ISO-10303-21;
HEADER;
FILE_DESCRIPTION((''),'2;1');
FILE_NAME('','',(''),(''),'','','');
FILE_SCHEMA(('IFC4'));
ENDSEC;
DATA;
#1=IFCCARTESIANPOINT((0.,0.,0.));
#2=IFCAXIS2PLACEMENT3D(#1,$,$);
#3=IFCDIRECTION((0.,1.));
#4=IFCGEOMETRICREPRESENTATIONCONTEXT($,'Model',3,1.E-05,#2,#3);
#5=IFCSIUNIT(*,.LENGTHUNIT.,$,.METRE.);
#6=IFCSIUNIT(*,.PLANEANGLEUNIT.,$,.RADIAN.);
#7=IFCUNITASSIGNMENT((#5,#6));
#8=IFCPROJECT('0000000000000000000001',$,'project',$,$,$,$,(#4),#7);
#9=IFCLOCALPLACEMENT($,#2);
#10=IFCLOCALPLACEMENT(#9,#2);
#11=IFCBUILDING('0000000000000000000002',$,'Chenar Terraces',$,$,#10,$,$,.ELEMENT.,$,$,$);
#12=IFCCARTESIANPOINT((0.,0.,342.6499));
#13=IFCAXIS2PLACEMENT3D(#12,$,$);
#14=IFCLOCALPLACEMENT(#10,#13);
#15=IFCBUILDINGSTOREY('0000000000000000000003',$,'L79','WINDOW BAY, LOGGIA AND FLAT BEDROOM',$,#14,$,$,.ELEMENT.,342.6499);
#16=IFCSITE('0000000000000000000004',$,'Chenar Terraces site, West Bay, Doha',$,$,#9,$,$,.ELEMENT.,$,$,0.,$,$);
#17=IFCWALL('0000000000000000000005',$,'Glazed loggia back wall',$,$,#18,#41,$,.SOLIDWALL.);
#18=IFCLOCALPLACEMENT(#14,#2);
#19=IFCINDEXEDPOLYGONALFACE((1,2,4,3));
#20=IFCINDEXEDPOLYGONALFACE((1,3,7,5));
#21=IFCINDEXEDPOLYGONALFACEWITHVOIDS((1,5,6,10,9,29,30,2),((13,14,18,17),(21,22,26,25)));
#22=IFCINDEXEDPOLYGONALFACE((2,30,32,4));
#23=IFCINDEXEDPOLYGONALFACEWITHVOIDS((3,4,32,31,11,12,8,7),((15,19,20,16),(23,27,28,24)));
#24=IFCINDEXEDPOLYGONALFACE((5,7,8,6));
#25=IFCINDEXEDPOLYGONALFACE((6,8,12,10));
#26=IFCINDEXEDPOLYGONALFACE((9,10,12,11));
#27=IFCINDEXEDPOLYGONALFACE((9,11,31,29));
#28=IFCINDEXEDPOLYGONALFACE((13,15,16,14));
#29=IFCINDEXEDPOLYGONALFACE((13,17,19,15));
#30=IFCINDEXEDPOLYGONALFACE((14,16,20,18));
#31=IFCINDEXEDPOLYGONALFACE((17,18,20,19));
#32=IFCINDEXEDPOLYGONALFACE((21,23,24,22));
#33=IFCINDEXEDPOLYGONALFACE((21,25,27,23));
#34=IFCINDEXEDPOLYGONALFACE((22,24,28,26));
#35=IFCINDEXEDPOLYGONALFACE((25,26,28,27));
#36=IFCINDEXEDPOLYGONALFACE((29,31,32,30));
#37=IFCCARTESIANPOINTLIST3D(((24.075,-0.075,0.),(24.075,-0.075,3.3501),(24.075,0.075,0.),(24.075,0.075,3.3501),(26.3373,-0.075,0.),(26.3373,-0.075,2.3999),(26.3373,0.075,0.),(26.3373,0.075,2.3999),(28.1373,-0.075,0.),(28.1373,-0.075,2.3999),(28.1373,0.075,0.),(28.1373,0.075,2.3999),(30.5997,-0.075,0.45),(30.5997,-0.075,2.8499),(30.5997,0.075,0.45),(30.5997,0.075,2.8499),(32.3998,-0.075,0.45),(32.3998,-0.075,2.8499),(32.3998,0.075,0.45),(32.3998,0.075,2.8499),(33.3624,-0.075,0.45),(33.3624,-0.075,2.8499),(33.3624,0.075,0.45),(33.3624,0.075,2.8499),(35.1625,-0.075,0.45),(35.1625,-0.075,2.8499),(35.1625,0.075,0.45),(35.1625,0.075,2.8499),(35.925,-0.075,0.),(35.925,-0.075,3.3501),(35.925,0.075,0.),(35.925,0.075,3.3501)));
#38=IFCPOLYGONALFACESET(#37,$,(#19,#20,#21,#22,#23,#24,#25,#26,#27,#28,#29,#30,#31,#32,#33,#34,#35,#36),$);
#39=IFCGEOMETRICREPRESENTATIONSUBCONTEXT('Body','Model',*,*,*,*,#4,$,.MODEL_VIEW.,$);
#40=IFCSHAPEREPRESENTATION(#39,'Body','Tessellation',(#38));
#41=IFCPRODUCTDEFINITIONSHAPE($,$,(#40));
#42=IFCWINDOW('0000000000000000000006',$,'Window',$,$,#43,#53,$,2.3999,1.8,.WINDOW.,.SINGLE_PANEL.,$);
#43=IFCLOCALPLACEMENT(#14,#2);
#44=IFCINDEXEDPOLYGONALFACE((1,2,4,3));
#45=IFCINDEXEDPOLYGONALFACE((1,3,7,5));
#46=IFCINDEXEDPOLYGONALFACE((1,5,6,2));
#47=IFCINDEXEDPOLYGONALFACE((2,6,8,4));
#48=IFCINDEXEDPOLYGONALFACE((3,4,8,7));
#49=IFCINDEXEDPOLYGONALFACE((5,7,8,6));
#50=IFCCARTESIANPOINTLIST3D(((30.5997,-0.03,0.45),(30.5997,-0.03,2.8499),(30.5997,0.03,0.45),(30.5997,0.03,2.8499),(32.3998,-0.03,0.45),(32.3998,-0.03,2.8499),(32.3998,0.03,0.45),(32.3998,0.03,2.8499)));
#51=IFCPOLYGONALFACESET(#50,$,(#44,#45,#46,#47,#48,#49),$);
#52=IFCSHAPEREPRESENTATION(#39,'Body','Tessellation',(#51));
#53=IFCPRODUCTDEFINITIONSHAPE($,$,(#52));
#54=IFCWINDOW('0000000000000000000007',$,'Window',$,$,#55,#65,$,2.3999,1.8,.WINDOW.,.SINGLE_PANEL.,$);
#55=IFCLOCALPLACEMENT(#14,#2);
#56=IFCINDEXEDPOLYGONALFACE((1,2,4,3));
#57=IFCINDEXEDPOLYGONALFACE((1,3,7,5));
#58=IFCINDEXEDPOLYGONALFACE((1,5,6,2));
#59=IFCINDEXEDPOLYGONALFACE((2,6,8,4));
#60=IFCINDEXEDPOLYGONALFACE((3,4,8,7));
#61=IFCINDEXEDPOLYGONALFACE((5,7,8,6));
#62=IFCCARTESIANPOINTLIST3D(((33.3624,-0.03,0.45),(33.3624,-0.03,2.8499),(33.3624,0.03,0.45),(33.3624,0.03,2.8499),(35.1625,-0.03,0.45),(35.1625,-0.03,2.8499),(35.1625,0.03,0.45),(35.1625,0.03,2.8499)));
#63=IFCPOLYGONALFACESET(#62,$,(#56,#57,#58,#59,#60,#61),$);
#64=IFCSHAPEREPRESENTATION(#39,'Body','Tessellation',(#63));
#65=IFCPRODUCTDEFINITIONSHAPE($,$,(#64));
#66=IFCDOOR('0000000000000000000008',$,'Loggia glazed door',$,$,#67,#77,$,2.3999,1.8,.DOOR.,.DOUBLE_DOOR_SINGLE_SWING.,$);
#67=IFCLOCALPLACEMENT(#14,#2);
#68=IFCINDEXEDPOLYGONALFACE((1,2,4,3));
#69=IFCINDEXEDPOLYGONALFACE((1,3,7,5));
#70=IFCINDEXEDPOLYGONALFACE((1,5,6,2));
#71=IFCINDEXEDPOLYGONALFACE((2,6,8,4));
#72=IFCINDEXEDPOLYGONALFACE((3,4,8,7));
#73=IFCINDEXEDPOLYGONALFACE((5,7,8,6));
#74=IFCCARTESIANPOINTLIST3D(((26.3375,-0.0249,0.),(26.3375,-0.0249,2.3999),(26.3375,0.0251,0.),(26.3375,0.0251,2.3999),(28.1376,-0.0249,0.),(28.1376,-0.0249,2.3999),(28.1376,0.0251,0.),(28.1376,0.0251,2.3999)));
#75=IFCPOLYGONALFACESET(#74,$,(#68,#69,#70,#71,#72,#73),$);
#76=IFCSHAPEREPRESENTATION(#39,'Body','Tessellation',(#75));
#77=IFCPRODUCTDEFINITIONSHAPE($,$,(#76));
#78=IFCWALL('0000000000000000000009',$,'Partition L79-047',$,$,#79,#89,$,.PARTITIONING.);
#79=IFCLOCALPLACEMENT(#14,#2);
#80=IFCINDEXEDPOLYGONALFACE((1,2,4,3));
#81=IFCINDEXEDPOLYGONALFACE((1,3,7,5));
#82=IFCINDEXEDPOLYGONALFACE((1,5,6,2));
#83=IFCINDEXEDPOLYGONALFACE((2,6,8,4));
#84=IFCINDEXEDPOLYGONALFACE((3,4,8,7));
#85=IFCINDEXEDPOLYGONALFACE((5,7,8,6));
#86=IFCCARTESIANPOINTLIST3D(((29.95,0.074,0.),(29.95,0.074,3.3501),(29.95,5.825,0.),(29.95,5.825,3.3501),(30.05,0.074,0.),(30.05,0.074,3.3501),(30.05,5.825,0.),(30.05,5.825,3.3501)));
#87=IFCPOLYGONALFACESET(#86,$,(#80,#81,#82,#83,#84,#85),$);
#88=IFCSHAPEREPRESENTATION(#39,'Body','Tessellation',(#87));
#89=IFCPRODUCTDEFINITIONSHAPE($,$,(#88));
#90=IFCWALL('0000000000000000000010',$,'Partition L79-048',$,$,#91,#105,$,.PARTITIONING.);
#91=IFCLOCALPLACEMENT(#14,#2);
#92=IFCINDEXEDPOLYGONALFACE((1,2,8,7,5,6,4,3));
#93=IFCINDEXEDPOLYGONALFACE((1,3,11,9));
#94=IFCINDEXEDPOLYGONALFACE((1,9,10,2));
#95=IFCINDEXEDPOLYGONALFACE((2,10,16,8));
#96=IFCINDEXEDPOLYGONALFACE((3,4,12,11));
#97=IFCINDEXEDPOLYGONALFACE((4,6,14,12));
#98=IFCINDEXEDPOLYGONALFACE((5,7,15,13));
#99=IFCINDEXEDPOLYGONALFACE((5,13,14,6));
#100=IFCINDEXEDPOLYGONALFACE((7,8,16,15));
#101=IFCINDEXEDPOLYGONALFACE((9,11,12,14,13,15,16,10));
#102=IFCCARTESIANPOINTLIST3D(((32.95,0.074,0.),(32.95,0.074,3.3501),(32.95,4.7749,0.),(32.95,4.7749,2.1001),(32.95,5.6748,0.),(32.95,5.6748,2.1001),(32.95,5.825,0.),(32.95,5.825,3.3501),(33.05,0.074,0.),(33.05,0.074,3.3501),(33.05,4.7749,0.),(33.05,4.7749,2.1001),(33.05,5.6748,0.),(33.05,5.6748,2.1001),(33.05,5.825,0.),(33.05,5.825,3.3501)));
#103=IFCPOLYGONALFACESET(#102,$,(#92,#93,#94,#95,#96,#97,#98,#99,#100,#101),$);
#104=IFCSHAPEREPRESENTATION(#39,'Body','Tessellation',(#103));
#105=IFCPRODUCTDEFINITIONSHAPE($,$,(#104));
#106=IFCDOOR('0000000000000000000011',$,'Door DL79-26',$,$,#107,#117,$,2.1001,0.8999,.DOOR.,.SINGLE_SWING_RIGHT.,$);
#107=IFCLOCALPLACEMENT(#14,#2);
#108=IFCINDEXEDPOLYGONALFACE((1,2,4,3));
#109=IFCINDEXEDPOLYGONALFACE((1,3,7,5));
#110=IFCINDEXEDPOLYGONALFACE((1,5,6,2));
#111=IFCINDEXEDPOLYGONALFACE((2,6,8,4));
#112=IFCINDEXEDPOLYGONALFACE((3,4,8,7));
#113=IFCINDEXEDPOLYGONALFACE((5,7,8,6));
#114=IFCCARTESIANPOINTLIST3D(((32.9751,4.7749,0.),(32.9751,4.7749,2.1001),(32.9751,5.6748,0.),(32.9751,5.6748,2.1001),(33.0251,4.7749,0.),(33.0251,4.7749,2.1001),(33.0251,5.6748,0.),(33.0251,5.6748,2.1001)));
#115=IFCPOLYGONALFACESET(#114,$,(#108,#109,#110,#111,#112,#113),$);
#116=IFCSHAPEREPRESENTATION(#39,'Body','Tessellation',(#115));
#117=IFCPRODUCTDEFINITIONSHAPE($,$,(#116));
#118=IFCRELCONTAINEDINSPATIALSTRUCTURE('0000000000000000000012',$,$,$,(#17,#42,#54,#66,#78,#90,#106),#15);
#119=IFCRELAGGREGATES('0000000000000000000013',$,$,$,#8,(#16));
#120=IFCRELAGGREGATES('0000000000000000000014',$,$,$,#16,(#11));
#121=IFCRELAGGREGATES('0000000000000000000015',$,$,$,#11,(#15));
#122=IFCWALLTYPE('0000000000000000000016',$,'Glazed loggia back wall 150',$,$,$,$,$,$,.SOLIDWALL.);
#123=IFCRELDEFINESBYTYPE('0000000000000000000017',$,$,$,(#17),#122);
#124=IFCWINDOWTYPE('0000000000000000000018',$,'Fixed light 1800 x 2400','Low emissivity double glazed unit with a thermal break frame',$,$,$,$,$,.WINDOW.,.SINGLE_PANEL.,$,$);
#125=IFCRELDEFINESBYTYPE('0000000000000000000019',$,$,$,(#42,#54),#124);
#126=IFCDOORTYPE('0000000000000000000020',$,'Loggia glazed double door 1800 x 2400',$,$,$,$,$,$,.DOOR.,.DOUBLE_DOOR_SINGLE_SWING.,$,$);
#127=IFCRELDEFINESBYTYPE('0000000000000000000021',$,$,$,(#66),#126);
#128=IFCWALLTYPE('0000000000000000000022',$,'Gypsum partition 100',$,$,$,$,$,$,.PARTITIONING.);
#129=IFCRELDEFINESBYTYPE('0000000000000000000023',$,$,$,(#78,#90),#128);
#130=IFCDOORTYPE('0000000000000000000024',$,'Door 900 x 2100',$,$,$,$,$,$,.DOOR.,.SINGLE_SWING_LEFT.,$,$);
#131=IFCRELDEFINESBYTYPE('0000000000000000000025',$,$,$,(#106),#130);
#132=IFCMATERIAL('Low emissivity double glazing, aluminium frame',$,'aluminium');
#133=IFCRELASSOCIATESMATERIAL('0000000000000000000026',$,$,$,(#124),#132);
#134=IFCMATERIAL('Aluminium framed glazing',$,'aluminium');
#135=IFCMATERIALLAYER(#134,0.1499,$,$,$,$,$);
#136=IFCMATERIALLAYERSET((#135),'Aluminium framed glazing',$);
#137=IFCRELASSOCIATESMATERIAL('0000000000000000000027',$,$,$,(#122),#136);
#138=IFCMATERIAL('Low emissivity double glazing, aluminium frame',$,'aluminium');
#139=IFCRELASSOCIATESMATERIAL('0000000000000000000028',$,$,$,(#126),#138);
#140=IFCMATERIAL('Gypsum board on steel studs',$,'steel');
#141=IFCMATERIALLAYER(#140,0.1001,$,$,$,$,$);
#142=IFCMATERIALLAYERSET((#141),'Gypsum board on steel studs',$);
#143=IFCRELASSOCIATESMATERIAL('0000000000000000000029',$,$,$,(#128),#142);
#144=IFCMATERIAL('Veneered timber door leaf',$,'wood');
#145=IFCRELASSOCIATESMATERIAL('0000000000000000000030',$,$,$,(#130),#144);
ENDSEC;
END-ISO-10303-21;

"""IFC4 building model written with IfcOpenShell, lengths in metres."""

from ifc_helpers import new_model, si_unit, direction, frame, frame_2d, origin, place, context, subcontext, project, spatial, rectangle, extrude, material, layer, layer_set, type_object, element, fill, save


model = new_model("IFC4")

# Units and contexts
model_context = context("Model", 3, precision=1e-05, world=origin(), true_north=direction((0.0, 1.0)))
body_context = subcontext(model_context, "Body", "Model", "MODEL_VIEW")
ifc_project = project(units=[si_unit("LENGTHUNIT", "METRE"), si_unit("PLANEANGLEUNIT", "RADIAN")], contexts=[model_context])

# Site, building, storey
site_placement = place(None, origin())
site = spatial("IfcSite", under=ifc_project, at=site_placement, Name="Chenar Terraces site, West Bay, Doha", CompositionType="ELEMENT", RefElevation=0.0)
building_placement = place(site_placement, origin())
building = spatial("IfcBuilding", under=site, at=building_placement, Name="Chenar Terraces", CompositionType="ELEMENT")
storey_placement = place(building_placement, frame((0.0, 0.0, 342.6499)))
storey = spatial("IfcBuildingStorey", under=building, at=storey_placement, Name="L79", Description="WINDOW BAY, LOGGIA AND FLAT BEDROOM", CompositionType="ELEMENT", Elevation=342.6499)

# Shared definitions
ifc_material_1 = material(Name="Low emissivity double glazing, aluminium frame", Category="aluminium")
window_type_1 = type_object("IfcWindowType", Name="Fixed light 1800 x 2400", Description="Low emissivity double glazed unit with a thermal break frame", PartitioningType="SINGLE_PANEL", PredefinedType="WINDOW", material=ifc_material_1)

# Wall, openings, windows, door
ifc_material_2 = material(Name="Aluminium framed glazing", Category="aluminium")
ifc_layer_1 = layer(ifc_material_2, 0.1499)
ifc_layer_set_1 = layer_set([ifc_layer_1], Name="Aluminium framed glazing")
wall_type_1 = type_object("IfcWallType", Name="Glazed loggia back wall 150", PredefinedType="SOLIDWALL", material=ifc_layer_set_1)
wall_1_placement = place(storey_placement, frame((24.075, 0.0, 0.0), z_axis=(0.0, 0.0, 1.0), x_axis=(1.0, 0.0, 0.0)))
wall_1 = element("IfcWall", 1, at=wall_1_placement, inside=storey, type_object=wall_type_1, Name="Glazed loggia back wall", PredefinedType="SOLIDWALL", context=body_context, shape_type="SweptSolid", body=[
    extrude(rectangle(XDim=11.8501, YDim=0.1499, at=frame_2d((5.925, 0.0))), origin(), (0.0, 0.0, 1.0), 3.3501),
])
opening_1_placement = place(wall_1_placement, frame((2.2625, 0.0, 0.0)))
opening_1 = element("IfcOpeningElement", 2, at=opening_1_placement, cuts=wall_1, PredefinedType="OPENING", context=body_context, shape_type="SweptSolid", body=[
    extrude(rectangle(XDim=1.8, YDim=2.3999, at=frame_2d((0.8999, 1.2))), frame((0.0, 0.085, 0.0), z_axis=(0.0, -1.0, 0.0), x_axis=(1.0, 0.0, 0.0)), (0.0, 0.0, 1.0), 0.1699),
])
opening_2_placement = place(wall_1_placement, frame((6.5249, 0.0, 0.45)))
opening_2 = element("IfcOpeningElement", 3, at=opening_2_placement, cuts=wall_1, PredefinedType="OPENING", context=body_context, shape_type="SweptSolid", body=[
    extrude(rectangle(XDim=1.8, YDim=2.3999, at=frame_2d((0.8999, 1.2))), frame((0.0, 0.085, 0.0), z_axis=(0.0, -1.0, 0.0), x_axis=(1.0, 0.0, 0.0)), (0.0, 0.0, 1.0), 0.1699),
])
opening_3_placement = place(wall_1_placement, frame((9.2876, 0.0, 0.45)))
opening_3 = element("IfcOpeningElement", 4, at=opening_3_placement, cuts=wall_1, PredefinedType="OPENING", context=body_context, shape_type="SweptSolid", body=[
    extrude(rectangle(XDim=1.8, YDim=2.3999, at=frame_2d((0.8999, 1.2))), frame((0.0, 0.085, 0.0), z_axis=(0.0, -1.0, 0.0), x_axis=(1.0, 0.0, 0.0)), (0.0, 0.0, 1.0), 0.1699),
])
window_1_placement = place(opening_2_placement, origin())
window_1 = element("IfcWindow", 5, at=window_1_placement, inside=storey, type_object=window_type_1, Name="Window", OverallHeight=2.3999, OverallWidth=1.8, PartitioningType="SINGLE_PANEL", PredefinedType="WINDOW", context=body_context, shape_type="SweptSolid", body=[
    extrude(rectangle(XDim=1.8, YDim=2.3999, at=frame_2d((0.8999, 1.2))), frame((0.0, 0.03, 0.0), z_axis=(0.0, -1.0, 0.0), x_axis=(1.0, 0.0, 0.0)), (0.0, 0.0, 1.0), 0.0601),
])
fill(opening_2, window_1)
window_2_placement = place(opening_3_placement, origin())
window_2 = element("IfcWindow", 6, at=window_2_placement, inside=storey, type_object=window_type_1, Name="Window", OverallHeight=2.3999, OverallWidth=1.8, PartitioningType="SINGLE_PANEL", PredefinedType="WINDOW", context=body_context, shape_type="SweptSolid", body=[
    extrude(rectangle(XDim=1.8, YDim=2.3999, at=frame_2d((0.8999, 1.2))), frame((0.0, 0.03, 0.0), z_axis=(0.0, -1.0, 0.0), x_axis=(1.0, 0.0, 0.0)), (0.0, 0.0, 1.0), 0.0601),
])
fill(opening_3, window_2)
ifc_material_3 = material(Name="Low emissivity double glazing, aluminium frame", Category="aluminium")
door_type_1 = type_object("IfcDoorType", Name="Loggia glazed double door 1800 x 2400", OperationType="DOUBLE_DOOR_SINGLE_SWING", PredefinedType="DOOR", material=ifc_material_3)
door_1_placement = place(opening_1_placement, frame((1.8, 0.0, 0.0), z_axis=(0.0, 0.0, 1.0), x_axis=(-1.0, 0.0, 0.0)))
door_1 = element("IfcDoor", 7, at=door_1_placement, inside=storey, type_object=door_type_1, Name="Loggia glazed door", OperationType="DOUBLE_DOOR_SINGLE_SWING", OverallHeight=2.3999, OverallWidth=1.8, PredefinedType="DOOR", context=body_context, shape_type="SweptSolid", body=[
    extrude(rectangle(XDim=1.8, YDim=2.3999, at=frame_2d((0.8999, 1.2))), frame((0.0, 0.0249, 0.0), z_axis=(0.0, -1.0, 0.0), x_axis=(1.0, 0.0, 0.0)), (0.0, 0.0, 1.0), 0.05),
])
fill(opening_1, door_1)

# Wall
ifc_material_4 = material(Name="Gypsum board on steel studs", Category="steel")
ifc_layer_2 = layer(ifc_material_4, 0.1001)
ifc_layer_set_2 = layer_set([ifc_layer_2], Name="Gypsum board on steel studs")
wall_type_2 = type_object("IfcWallType", Name="Gypsum partition 100", PredefinedType="PARTITIONING", material=ifc_layer_set_2)
wall_2_placement = place(storey_placement, frame((30.0, 0.074, 0.0), z_axis=(0.0, 0.0, 1.0), x_axis=(0.0, 1.0, 0.0)))
element("IfcWall", 8, at=wall_2_placement, inside=storey, type_object=wall_type_2, Name="Partition L79-047", PredefinedType="PARTITIONING", context=body_context, shape_type="SweptSolid", body=[
    extrude(rectangle(XDim=5.751, YDim=0.1001, at=frame_2d((2.8755, 0.0))), origin(), (0.0, 0.0, 1.0), 3.3501),
])

# Wall, opening, door
wall_3_placement = place(storey_placement, frame((33.0, 0.074, 0.0), z_axis=(0.0, 0.0, 1.0), x_axis=(0.0, 1.0, 0.0)))
wall_3 = element("IfcWall", 9, at=wall_3_placement, inside=storey, type_object=wall_type_2, Name="Partition L79-048", PredefinedType="PARTITIONING", context=body_context, shape_type="SweptSolid", body=[
    extrude(rectangle(XDim=5.751, YDim=0.1001, at=frame_2d((2.8755, 0.0))), origin(), (0.0, 0.0, 1.0), 3.3501),
])
opening_4_placement = place(wall_3_placement, frame((4.7009, 0.0, 0.0)))
opening_4 = element("IfcOpeningElement", 10, at=opening_4_placement, cuts=wall_3, PredefinedType="OPENING", context=body_context, shape_type="SweptSolid", body=[
    extrude(rectangle(XDim=0.8999, YDim=2.1001, at=frame_2d((0.45, 1.05))), frame((0.0, 0.0601, 0.0), z_axis=(0.0, -1.0, 0.0), x_axis=(1.0, 0.0, 0.0)), (0.0, 0.0, 1.0), 0.1201),
])
ifc_material_5 = material(Name="Veneered timber door leaf", Category="wood")
door_type_2 = type_object("IfcDoorType", Name="Door 900 x 2100", OperationType="SINGLE_SWING_LEFT", PredefinedType="DOOR", material=ifc_material_5)
door_2_placement = place(opening_4_placement, origin())
door_2 = element("IfcDoor", 11, at=door_2_placement, inside=storey, type_object=door_type_2, Name="Door DL79-26", OperationType="SINGLE_SWING_RIGHT", OverallHeight=2.1001, OverallWidth=0.8999, PredefinedType="DOOR", context=body_context, shape_type="SweptSolid", body=[
    extrude(rectangle(XDim=0.8999, YDim=2.1001, at=frame_2d((0.45, 1.05))), frame((0.0, 0.0249, 0.0), z_axis=(0.0, -1.0, 0.0), x_axis=(1.0, 0.0, 0.0)), (0.0, 0.0, 1.0), 0.05),
])
fill(opening_4, door_2)

save(model, "model.ifc")
